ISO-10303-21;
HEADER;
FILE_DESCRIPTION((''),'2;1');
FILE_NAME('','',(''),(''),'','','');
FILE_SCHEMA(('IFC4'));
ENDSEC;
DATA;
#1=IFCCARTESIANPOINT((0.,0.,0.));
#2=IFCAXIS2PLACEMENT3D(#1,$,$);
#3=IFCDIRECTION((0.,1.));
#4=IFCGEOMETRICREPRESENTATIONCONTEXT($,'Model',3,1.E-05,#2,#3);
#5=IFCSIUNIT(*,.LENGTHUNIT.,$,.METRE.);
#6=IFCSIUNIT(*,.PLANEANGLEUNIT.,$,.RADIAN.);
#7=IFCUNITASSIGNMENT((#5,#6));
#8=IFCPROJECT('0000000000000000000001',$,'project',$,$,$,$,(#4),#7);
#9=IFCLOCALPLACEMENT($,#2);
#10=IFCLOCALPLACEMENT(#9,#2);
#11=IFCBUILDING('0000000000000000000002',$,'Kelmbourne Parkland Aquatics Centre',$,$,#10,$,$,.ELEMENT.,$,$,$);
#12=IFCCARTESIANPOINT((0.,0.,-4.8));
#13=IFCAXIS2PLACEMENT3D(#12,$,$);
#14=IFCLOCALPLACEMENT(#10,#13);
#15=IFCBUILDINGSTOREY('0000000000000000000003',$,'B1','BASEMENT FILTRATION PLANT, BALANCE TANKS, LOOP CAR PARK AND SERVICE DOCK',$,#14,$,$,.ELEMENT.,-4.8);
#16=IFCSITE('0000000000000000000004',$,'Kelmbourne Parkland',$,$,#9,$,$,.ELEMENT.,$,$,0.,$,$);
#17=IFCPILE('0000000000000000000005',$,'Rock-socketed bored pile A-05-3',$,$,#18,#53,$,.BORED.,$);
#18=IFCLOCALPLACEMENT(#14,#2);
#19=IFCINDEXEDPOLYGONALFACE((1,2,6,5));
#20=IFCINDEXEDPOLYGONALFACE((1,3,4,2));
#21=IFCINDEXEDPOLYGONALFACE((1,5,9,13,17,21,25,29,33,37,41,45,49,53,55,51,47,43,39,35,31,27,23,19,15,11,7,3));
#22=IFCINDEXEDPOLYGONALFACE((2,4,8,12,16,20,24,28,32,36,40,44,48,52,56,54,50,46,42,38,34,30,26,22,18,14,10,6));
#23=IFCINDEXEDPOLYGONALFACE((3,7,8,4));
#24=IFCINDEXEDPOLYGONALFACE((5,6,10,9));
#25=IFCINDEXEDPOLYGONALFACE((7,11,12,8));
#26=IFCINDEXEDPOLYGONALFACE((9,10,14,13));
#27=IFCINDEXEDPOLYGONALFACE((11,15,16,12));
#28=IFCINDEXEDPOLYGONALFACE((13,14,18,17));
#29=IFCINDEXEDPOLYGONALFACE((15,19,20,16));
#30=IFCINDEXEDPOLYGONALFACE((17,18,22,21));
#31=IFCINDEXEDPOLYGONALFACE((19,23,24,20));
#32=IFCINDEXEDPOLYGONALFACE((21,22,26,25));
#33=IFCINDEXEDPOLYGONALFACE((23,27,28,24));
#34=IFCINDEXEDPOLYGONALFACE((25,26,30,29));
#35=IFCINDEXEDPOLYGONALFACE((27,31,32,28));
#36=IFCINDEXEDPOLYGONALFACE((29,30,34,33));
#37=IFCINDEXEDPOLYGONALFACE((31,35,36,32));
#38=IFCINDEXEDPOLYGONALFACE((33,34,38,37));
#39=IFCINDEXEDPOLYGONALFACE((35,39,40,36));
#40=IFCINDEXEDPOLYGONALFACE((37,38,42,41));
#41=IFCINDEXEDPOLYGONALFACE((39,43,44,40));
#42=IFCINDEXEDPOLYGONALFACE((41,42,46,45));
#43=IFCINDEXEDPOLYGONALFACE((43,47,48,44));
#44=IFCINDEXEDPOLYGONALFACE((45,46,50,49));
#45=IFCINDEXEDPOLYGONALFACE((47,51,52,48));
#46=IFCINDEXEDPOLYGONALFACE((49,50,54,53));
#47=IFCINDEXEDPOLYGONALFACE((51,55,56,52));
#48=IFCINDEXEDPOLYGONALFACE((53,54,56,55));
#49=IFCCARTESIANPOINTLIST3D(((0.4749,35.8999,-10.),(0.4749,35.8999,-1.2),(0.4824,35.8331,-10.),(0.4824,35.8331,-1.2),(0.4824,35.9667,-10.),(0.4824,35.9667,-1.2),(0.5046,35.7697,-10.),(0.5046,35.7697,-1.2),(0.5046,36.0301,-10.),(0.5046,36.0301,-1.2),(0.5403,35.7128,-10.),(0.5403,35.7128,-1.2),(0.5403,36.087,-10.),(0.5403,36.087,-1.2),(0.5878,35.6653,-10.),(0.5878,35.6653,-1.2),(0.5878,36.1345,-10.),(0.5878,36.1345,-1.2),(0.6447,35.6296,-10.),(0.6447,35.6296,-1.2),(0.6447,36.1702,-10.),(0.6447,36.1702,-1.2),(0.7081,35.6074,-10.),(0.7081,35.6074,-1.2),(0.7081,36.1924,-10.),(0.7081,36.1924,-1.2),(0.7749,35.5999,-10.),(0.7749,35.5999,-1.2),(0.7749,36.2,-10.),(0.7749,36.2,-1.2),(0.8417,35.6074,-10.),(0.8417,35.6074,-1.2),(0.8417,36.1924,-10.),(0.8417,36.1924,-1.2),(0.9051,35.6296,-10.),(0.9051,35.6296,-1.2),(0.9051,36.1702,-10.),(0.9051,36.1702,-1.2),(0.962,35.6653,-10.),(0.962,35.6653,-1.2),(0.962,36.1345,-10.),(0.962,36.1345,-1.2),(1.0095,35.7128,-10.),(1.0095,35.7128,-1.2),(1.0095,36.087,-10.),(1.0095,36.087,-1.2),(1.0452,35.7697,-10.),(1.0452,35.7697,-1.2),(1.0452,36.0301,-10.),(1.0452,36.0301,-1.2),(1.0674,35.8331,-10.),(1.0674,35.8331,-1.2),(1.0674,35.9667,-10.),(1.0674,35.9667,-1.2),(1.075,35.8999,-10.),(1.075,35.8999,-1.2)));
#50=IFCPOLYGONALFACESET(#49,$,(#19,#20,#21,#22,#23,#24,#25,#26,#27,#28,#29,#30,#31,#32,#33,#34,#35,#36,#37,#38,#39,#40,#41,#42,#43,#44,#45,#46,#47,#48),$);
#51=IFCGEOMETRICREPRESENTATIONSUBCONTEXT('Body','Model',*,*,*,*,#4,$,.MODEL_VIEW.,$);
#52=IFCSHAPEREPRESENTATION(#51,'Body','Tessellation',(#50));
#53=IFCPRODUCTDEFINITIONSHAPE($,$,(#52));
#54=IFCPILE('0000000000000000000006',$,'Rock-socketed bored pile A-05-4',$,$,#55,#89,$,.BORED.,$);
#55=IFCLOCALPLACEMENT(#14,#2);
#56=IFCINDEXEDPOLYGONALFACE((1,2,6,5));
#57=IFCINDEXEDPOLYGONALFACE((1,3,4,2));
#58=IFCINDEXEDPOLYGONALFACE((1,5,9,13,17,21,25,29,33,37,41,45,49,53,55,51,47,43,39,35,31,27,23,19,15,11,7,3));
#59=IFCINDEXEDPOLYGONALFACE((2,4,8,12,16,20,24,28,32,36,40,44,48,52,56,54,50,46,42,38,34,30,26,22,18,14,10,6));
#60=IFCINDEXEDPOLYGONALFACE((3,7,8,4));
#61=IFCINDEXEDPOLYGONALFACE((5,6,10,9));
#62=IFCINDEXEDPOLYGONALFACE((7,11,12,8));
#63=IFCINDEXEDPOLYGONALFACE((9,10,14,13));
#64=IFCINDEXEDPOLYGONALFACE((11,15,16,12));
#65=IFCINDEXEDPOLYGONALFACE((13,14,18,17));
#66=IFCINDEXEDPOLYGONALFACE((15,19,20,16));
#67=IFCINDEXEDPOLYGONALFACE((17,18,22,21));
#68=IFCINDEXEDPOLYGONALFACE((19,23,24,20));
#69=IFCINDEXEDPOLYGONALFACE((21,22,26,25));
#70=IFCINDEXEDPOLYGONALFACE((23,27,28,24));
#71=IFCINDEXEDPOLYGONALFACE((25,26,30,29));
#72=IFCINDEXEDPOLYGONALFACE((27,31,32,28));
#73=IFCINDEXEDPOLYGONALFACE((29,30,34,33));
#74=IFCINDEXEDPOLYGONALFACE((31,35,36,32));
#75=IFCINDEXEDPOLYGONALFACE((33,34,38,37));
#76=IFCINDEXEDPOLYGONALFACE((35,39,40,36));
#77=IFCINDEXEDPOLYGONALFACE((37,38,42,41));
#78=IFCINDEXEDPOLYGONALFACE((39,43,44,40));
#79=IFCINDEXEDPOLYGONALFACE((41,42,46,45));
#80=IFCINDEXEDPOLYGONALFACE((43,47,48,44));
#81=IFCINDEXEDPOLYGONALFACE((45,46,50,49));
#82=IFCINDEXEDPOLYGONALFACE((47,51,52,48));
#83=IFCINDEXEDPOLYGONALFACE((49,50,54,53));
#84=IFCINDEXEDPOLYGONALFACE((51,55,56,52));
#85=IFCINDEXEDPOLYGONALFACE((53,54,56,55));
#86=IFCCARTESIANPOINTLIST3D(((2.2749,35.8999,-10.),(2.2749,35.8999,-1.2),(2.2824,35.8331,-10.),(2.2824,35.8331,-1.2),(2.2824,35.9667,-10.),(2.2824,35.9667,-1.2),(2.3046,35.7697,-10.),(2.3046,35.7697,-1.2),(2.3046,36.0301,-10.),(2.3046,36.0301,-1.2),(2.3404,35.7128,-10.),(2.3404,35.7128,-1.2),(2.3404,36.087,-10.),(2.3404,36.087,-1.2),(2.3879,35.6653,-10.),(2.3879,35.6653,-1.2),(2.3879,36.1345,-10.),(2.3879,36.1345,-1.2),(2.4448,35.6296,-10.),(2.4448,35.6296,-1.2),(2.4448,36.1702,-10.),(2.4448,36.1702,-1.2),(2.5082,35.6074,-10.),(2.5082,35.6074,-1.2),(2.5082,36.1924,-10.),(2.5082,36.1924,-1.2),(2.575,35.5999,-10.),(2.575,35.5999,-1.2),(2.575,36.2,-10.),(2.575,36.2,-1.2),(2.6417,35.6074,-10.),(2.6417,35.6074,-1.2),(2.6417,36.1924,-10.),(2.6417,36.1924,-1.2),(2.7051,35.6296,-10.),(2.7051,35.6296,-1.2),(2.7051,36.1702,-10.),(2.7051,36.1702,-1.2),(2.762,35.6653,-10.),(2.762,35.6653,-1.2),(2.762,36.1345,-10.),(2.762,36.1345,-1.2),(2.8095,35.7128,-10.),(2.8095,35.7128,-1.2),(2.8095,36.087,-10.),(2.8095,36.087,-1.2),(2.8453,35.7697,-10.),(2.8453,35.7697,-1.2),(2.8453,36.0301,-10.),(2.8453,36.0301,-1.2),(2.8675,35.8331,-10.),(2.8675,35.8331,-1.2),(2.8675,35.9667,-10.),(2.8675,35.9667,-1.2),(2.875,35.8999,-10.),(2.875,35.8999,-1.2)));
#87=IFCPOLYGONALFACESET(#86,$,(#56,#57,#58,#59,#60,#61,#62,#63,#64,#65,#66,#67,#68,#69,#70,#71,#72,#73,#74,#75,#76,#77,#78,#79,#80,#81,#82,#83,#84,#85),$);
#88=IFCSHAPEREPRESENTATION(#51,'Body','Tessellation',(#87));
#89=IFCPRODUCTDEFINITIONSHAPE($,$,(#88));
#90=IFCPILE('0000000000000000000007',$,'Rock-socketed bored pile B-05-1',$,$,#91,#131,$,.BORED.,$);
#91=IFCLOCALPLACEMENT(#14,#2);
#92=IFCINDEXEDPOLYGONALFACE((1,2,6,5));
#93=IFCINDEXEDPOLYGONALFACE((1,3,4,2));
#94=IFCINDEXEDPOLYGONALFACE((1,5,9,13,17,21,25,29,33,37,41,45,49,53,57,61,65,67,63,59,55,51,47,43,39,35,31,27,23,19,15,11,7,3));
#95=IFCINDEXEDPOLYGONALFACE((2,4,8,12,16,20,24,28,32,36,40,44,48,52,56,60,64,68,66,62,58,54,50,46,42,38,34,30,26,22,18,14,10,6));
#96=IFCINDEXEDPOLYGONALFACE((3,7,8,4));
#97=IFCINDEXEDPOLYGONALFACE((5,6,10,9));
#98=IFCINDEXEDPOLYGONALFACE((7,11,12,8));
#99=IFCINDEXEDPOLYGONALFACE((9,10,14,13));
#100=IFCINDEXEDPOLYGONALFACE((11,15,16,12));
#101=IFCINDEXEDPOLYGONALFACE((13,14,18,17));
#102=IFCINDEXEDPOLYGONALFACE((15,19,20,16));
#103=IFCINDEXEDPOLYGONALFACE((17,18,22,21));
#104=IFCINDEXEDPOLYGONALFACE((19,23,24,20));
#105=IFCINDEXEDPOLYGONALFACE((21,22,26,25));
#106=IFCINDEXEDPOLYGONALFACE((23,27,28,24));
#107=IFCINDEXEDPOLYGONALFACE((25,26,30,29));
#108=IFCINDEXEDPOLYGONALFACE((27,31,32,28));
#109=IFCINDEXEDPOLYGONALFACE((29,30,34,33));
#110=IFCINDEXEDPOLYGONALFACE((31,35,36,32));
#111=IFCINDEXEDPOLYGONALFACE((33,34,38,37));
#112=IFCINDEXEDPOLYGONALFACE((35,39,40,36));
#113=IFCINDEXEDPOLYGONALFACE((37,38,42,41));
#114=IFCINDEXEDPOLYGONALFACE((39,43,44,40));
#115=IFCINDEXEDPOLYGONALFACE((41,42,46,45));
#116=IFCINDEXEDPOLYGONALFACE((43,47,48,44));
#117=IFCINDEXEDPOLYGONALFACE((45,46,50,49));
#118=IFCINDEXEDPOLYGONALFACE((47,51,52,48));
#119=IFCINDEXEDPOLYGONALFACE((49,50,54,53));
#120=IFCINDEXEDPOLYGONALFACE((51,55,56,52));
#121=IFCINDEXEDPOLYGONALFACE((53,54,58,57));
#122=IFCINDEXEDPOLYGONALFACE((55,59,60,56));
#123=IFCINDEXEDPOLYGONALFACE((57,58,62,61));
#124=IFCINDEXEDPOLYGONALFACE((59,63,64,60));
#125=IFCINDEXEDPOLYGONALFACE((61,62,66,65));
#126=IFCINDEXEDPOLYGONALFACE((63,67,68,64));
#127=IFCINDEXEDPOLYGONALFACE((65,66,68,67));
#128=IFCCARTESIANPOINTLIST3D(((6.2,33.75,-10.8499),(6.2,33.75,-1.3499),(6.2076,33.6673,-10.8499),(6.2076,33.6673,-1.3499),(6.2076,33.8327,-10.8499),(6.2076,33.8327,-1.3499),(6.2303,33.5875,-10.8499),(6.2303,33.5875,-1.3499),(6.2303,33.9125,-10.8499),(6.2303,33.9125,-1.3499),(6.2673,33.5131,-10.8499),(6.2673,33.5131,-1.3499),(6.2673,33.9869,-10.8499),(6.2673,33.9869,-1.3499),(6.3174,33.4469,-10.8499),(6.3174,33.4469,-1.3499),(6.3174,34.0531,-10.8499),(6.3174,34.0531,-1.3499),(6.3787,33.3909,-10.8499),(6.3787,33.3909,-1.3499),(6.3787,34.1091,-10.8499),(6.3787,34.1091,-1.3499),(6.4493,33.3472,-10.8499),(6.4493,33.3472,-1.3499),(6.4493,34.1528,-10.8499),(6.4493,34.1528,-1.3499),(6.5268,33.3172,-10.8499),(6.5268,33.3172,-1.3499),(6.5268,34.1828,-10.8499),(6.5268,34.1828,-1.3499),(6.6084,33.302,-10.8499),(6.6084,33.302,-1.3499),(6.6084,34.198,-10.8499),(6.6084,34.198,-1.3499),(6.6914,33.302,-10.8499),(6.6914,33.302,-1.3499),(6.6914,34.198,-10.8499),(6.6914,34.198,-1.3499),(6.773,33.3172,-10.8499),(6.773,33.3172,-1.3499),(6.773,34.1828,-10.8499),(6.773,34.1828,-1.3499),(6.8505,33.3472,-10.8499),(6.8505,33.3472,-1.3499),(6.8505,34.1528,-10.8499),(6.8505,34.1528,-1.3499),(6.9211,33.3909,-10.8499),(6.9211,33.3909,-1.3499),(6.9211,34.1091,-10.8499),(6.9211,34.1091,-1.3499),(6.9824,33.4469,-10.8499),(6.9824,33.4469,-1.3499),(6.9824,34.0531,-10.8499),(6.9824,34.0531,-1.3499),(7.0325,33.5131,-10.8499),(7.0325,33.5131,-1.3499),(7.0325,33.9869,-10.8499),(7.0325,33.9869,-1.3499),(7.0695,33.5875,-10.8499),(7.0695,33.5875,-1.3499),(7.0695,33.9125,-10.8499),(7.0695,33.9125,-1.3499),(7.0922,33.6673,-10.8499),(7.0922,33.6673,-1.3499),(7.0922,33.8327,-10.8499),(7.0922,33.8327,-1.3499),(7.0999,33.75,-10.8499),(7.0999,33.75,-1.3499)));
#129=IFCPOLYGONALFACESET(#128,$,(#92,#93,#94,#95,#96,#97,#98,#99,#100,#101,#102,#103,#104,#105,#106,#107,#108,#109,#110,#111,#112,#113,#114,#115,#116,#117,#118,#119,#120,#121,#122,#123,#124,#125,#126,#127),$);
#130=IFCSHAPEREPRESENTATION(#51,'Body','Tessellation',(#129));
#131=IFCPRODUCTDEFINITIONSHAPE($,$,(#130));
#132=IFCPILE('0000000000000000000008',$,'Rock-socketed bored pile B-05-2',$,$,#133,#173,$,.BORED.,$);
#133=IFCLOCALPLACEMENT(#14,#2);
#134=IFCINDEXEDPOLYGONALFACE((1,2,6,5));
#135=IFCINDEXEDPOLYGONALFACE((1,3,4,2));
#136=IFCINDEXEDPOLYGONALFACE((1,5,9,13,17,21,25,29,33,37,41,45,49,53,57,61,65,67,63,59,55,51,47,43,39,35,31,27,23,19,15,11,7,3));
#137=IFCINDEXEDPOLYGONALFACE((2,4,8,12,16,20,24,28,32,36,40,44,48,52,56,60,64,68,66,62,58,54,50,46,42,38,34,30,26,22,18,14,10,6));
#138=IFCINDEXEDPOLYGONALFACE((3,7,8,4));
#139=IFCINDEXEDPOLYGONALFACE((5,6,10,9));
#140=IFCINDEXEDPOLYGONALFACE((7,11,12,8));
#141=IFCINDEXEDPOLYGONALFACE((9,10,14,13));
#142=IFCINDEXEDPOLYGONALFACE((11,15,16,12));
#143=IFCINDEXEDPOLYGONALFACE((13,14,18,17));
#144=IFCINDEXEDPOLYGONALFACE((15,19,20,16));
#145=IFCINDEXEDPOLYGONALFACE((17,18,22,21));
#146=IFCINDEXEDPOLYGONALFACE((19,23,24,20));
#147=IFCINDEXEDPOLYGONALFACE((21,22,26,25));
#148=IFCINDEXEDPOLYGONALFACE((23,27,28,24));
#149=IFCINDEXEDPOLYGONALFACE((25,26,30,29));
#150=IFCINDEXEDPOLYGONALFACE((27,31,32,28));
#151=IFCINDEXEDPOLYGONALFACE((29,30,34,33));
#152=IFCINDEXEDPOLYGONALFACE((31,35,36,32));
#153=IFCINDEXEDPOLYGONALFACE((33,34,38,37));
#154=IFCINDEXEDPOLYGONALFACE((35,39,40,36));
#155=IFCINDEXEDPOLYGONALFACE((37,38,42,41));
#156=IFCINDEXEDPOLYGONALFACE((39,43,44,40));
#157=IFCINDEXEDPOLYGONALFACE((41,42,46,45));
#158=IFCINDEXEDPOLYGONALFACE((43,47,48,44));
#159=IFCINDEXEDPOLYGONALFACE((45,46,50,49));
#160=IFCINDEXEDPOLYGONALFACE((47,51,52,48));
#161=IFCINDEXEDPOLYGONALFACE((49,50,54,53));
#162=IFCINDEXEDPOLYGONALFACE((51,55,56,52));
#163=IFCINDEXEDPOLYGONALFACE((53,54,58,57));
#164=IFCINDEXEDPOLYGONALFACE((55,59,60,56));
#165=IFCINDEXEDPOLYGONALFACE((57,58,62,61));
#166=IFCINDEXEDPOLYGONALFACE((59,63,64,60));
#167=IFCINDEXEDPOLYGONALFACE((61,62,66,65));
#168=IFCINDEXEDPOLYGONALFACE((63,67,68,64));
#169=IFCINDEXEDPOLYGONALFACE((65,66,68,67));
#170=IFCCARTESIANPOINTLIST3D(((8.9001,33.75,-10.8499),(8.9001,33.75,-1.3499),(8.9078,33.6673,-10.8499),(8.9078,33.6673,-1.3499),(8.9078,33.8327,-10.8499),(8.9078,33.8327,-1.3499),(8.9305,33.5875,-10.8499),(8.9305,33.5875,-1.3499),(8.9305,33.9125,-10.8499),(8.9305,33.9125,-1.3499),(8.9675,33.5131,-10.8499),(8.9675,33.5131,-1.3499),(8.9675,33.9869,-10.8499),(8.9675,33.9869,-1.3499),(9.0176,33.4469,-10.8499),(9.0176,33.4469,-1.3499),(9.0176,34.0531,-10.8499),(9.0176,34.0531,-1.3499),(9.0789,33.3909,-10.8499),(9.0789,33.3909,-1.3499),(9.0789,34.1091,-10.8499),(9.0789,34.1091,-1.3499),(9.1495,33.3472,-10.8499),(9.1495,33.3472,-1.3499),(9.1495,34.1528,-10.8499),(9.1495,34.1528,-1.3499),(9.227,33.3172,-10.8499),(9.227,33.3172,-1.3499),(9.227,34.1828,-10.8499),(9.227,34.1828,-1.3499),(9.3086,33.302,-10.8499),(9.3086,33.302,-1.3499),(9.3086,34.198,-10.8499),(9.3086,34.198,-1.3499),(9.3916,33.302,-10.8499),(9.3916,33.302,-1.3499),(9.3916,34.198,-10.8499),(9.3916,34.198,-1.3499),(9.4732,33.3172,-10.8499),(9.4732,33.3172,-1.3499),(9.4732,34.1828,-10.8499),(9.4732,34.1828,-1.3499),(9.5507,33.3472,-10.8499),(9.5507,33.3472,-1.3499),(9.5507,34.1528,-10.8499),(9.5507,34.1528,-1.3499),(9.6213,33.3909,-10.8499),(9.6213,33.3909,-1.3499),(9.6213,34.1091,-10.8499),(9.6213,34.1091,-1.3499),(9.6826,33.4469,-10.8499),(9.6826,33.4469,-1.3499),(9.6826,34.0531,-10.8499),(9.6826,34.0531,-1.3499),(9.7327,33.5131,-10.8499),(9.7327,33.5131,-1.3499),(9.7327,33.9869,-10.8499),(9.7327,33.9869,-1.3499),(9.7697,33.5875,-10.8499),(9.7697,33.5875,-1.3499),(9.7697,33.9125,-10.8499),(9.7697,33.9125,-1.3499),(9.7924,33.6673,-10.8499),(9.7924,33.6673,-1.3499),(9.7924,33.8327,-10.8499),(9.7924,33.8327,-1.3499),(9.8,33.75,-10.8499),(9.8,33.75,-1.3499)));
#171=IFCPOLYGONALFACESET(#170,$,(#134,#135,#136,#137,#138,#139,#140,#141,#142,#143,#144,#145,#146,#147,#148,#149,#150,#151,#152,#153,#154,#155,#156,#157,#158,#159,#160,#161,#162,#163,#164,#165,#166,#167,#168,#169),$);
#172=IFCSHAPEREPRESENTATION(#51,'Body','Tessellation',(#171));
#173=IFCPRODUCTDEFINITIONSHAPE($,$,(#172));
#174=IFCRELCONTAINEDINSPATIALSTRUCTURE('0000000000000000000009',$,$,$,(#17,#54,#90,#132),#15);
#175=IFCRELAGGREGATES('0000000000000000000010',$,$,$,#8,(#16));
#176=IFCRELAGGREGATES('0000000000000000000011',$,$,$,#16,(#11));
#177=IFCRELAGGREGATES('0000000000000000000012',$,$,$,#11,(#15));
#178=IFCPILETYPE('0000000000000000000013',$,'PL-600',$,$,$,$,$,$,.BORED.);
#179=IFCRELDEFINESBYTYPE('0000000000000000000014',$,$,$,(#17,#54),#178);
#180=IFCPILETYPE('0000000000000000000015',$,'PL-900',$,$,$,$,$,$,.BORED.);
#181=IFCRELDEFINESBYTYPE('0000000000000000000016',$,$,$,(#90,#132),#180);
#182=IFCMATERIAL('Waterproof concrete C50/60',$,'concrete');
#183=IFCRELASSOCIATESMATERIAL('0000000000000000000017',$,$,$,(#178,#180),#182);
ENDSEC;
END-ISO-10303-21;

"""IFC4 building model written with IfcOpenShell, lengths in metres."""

from ifc_helpers import new_model, si_unit, direction, frame, origin, origin_2d, place, context, subcontext, project, spatial, circle, extrude, material, material_profile, profile_set, type_object, element, save


model = new_model("IFC4")

# Units and contexts
model_context = context("Model", 3, precision=1e-05, world=origin(), true_north=direction((0.0, 1.0)))
body_context = subcontext(model_context, "Body", "Model", "MODEL_VIEW")
ifc_project = project(units=[si_unit("LENGTHUNIT", "METRE"), si_unit("PLANEANGLEUNIT", "RADIAN")], contexts=[model_context])

# Site, building, storey
site_placement = place(None, origin())
site = spatial("IfcSite", under=ifc_project, at=site_placement, Name="Kelmbourne Parkland", CompositionType="ELEMENT", RefElevation=0.0)
building_placement = place(site_placement, origin())
building = spatial("IfcBuilding", under=site, at=building_placement, Name="Kelmbourne Parkland Aquatics Centre", CompositionType="ELEMENT")
storey_placement = place(building_placement, frame((0.0, 0.0, -4.8)))
storey = spatial("IfcBuildingStorey", under=building, at=storey_placement, Name="B1", Description="BASEMENT FILTRATION PLANT, BALANCE TANKS, LOOP CAR PARK AND SERVICE DOCK", CompositionType="ELEMENT", Elevation=-4.8)

# Shared definitions
ifc_material_1 = material(Name="Waterproof concrete C50/60", Category="concrete")

# Piles
ifc_material_profile_1 = material_profile(ifc_material_1, circle(Radius=0.3, at=origin_2d()), Name="PILE D600")
ifc_profile_set_1 = profile_set([ifc_material_profile_1], Name="Waterproof concrete C50/60")
pile_type_1 = type_object("IfcPileType", Name="PL-600", PredefinedType="BORED", material=ifc_profile_set_1)
for number, where, z_axis, x_axis, name in (
    (1, (0.7749, 35.8999, -1.2), (0.0, 0.0, -1.0), (1.0, 0.0, 0.0), "Rock-socketed bored pile A-05-3"),
    (2, (2.575, 35.8999, -1.2), (0.0, 0.0, -1.0), (1.0, 0.0, 0.0), "Rock-socketed bored pile A-05-4"),
):
    element("IfcPile", number, at=place(storey_placement, frame(where, z_axis=z_axis, x_axis=x_axis)), inside=storey, type_object=pile_type_1, Name=name, PredefinedType="BORED", context=body_context, shape_type="SweptSolid", body=[
        extrude(circle(Radius=0.3, at=origin_2d()), origin(), (0.0, 0.0, 1.0), 8.8),
    ])
ifc_material_profile_2 = material_profile(ifc_material_1, circle(Radius=0.45, at=origin_2d()), Name="PILE D900")
ifc_profile_set_2 = profile_set([ifc_material_profile_2], Name="Waterproof concrete C50/60")
pile_type_2 = type_object("IfcPileType", Name="PL-900", PredefinedType="BORED", material=ifc_profile_set_2)
for number, where, z_axis, x_axis, name in (
    (3, (6.6499, 33.75, -1.3499), (0.0, 0.0, -1.0), (1.0, 0.0, 0.0), "Rock-socketed bored pile B-05-1"),
    (4, (9.3501, 33.75, -1.3499), (0.0, 0.0, -1.0), (1.0, 0.0, 0.0), "Rock-socketed bored pile B-05-2"),
):
    element("IfcPile", number, at=place(storey_placement, frame(where, z_axis=z_axis, x_axis=x_axis)), inside=storey, type_object=pile_type_2, Name=name, PredefinedType="BORED", context=body_context, shape_type="SweptSolid", body=[
        extrude(circle(Radius=0.45, at=origin_2d()), origin(), (0.0, 0.0, 1.0), 9.5),
    ])

save(model, "model.ifc")
